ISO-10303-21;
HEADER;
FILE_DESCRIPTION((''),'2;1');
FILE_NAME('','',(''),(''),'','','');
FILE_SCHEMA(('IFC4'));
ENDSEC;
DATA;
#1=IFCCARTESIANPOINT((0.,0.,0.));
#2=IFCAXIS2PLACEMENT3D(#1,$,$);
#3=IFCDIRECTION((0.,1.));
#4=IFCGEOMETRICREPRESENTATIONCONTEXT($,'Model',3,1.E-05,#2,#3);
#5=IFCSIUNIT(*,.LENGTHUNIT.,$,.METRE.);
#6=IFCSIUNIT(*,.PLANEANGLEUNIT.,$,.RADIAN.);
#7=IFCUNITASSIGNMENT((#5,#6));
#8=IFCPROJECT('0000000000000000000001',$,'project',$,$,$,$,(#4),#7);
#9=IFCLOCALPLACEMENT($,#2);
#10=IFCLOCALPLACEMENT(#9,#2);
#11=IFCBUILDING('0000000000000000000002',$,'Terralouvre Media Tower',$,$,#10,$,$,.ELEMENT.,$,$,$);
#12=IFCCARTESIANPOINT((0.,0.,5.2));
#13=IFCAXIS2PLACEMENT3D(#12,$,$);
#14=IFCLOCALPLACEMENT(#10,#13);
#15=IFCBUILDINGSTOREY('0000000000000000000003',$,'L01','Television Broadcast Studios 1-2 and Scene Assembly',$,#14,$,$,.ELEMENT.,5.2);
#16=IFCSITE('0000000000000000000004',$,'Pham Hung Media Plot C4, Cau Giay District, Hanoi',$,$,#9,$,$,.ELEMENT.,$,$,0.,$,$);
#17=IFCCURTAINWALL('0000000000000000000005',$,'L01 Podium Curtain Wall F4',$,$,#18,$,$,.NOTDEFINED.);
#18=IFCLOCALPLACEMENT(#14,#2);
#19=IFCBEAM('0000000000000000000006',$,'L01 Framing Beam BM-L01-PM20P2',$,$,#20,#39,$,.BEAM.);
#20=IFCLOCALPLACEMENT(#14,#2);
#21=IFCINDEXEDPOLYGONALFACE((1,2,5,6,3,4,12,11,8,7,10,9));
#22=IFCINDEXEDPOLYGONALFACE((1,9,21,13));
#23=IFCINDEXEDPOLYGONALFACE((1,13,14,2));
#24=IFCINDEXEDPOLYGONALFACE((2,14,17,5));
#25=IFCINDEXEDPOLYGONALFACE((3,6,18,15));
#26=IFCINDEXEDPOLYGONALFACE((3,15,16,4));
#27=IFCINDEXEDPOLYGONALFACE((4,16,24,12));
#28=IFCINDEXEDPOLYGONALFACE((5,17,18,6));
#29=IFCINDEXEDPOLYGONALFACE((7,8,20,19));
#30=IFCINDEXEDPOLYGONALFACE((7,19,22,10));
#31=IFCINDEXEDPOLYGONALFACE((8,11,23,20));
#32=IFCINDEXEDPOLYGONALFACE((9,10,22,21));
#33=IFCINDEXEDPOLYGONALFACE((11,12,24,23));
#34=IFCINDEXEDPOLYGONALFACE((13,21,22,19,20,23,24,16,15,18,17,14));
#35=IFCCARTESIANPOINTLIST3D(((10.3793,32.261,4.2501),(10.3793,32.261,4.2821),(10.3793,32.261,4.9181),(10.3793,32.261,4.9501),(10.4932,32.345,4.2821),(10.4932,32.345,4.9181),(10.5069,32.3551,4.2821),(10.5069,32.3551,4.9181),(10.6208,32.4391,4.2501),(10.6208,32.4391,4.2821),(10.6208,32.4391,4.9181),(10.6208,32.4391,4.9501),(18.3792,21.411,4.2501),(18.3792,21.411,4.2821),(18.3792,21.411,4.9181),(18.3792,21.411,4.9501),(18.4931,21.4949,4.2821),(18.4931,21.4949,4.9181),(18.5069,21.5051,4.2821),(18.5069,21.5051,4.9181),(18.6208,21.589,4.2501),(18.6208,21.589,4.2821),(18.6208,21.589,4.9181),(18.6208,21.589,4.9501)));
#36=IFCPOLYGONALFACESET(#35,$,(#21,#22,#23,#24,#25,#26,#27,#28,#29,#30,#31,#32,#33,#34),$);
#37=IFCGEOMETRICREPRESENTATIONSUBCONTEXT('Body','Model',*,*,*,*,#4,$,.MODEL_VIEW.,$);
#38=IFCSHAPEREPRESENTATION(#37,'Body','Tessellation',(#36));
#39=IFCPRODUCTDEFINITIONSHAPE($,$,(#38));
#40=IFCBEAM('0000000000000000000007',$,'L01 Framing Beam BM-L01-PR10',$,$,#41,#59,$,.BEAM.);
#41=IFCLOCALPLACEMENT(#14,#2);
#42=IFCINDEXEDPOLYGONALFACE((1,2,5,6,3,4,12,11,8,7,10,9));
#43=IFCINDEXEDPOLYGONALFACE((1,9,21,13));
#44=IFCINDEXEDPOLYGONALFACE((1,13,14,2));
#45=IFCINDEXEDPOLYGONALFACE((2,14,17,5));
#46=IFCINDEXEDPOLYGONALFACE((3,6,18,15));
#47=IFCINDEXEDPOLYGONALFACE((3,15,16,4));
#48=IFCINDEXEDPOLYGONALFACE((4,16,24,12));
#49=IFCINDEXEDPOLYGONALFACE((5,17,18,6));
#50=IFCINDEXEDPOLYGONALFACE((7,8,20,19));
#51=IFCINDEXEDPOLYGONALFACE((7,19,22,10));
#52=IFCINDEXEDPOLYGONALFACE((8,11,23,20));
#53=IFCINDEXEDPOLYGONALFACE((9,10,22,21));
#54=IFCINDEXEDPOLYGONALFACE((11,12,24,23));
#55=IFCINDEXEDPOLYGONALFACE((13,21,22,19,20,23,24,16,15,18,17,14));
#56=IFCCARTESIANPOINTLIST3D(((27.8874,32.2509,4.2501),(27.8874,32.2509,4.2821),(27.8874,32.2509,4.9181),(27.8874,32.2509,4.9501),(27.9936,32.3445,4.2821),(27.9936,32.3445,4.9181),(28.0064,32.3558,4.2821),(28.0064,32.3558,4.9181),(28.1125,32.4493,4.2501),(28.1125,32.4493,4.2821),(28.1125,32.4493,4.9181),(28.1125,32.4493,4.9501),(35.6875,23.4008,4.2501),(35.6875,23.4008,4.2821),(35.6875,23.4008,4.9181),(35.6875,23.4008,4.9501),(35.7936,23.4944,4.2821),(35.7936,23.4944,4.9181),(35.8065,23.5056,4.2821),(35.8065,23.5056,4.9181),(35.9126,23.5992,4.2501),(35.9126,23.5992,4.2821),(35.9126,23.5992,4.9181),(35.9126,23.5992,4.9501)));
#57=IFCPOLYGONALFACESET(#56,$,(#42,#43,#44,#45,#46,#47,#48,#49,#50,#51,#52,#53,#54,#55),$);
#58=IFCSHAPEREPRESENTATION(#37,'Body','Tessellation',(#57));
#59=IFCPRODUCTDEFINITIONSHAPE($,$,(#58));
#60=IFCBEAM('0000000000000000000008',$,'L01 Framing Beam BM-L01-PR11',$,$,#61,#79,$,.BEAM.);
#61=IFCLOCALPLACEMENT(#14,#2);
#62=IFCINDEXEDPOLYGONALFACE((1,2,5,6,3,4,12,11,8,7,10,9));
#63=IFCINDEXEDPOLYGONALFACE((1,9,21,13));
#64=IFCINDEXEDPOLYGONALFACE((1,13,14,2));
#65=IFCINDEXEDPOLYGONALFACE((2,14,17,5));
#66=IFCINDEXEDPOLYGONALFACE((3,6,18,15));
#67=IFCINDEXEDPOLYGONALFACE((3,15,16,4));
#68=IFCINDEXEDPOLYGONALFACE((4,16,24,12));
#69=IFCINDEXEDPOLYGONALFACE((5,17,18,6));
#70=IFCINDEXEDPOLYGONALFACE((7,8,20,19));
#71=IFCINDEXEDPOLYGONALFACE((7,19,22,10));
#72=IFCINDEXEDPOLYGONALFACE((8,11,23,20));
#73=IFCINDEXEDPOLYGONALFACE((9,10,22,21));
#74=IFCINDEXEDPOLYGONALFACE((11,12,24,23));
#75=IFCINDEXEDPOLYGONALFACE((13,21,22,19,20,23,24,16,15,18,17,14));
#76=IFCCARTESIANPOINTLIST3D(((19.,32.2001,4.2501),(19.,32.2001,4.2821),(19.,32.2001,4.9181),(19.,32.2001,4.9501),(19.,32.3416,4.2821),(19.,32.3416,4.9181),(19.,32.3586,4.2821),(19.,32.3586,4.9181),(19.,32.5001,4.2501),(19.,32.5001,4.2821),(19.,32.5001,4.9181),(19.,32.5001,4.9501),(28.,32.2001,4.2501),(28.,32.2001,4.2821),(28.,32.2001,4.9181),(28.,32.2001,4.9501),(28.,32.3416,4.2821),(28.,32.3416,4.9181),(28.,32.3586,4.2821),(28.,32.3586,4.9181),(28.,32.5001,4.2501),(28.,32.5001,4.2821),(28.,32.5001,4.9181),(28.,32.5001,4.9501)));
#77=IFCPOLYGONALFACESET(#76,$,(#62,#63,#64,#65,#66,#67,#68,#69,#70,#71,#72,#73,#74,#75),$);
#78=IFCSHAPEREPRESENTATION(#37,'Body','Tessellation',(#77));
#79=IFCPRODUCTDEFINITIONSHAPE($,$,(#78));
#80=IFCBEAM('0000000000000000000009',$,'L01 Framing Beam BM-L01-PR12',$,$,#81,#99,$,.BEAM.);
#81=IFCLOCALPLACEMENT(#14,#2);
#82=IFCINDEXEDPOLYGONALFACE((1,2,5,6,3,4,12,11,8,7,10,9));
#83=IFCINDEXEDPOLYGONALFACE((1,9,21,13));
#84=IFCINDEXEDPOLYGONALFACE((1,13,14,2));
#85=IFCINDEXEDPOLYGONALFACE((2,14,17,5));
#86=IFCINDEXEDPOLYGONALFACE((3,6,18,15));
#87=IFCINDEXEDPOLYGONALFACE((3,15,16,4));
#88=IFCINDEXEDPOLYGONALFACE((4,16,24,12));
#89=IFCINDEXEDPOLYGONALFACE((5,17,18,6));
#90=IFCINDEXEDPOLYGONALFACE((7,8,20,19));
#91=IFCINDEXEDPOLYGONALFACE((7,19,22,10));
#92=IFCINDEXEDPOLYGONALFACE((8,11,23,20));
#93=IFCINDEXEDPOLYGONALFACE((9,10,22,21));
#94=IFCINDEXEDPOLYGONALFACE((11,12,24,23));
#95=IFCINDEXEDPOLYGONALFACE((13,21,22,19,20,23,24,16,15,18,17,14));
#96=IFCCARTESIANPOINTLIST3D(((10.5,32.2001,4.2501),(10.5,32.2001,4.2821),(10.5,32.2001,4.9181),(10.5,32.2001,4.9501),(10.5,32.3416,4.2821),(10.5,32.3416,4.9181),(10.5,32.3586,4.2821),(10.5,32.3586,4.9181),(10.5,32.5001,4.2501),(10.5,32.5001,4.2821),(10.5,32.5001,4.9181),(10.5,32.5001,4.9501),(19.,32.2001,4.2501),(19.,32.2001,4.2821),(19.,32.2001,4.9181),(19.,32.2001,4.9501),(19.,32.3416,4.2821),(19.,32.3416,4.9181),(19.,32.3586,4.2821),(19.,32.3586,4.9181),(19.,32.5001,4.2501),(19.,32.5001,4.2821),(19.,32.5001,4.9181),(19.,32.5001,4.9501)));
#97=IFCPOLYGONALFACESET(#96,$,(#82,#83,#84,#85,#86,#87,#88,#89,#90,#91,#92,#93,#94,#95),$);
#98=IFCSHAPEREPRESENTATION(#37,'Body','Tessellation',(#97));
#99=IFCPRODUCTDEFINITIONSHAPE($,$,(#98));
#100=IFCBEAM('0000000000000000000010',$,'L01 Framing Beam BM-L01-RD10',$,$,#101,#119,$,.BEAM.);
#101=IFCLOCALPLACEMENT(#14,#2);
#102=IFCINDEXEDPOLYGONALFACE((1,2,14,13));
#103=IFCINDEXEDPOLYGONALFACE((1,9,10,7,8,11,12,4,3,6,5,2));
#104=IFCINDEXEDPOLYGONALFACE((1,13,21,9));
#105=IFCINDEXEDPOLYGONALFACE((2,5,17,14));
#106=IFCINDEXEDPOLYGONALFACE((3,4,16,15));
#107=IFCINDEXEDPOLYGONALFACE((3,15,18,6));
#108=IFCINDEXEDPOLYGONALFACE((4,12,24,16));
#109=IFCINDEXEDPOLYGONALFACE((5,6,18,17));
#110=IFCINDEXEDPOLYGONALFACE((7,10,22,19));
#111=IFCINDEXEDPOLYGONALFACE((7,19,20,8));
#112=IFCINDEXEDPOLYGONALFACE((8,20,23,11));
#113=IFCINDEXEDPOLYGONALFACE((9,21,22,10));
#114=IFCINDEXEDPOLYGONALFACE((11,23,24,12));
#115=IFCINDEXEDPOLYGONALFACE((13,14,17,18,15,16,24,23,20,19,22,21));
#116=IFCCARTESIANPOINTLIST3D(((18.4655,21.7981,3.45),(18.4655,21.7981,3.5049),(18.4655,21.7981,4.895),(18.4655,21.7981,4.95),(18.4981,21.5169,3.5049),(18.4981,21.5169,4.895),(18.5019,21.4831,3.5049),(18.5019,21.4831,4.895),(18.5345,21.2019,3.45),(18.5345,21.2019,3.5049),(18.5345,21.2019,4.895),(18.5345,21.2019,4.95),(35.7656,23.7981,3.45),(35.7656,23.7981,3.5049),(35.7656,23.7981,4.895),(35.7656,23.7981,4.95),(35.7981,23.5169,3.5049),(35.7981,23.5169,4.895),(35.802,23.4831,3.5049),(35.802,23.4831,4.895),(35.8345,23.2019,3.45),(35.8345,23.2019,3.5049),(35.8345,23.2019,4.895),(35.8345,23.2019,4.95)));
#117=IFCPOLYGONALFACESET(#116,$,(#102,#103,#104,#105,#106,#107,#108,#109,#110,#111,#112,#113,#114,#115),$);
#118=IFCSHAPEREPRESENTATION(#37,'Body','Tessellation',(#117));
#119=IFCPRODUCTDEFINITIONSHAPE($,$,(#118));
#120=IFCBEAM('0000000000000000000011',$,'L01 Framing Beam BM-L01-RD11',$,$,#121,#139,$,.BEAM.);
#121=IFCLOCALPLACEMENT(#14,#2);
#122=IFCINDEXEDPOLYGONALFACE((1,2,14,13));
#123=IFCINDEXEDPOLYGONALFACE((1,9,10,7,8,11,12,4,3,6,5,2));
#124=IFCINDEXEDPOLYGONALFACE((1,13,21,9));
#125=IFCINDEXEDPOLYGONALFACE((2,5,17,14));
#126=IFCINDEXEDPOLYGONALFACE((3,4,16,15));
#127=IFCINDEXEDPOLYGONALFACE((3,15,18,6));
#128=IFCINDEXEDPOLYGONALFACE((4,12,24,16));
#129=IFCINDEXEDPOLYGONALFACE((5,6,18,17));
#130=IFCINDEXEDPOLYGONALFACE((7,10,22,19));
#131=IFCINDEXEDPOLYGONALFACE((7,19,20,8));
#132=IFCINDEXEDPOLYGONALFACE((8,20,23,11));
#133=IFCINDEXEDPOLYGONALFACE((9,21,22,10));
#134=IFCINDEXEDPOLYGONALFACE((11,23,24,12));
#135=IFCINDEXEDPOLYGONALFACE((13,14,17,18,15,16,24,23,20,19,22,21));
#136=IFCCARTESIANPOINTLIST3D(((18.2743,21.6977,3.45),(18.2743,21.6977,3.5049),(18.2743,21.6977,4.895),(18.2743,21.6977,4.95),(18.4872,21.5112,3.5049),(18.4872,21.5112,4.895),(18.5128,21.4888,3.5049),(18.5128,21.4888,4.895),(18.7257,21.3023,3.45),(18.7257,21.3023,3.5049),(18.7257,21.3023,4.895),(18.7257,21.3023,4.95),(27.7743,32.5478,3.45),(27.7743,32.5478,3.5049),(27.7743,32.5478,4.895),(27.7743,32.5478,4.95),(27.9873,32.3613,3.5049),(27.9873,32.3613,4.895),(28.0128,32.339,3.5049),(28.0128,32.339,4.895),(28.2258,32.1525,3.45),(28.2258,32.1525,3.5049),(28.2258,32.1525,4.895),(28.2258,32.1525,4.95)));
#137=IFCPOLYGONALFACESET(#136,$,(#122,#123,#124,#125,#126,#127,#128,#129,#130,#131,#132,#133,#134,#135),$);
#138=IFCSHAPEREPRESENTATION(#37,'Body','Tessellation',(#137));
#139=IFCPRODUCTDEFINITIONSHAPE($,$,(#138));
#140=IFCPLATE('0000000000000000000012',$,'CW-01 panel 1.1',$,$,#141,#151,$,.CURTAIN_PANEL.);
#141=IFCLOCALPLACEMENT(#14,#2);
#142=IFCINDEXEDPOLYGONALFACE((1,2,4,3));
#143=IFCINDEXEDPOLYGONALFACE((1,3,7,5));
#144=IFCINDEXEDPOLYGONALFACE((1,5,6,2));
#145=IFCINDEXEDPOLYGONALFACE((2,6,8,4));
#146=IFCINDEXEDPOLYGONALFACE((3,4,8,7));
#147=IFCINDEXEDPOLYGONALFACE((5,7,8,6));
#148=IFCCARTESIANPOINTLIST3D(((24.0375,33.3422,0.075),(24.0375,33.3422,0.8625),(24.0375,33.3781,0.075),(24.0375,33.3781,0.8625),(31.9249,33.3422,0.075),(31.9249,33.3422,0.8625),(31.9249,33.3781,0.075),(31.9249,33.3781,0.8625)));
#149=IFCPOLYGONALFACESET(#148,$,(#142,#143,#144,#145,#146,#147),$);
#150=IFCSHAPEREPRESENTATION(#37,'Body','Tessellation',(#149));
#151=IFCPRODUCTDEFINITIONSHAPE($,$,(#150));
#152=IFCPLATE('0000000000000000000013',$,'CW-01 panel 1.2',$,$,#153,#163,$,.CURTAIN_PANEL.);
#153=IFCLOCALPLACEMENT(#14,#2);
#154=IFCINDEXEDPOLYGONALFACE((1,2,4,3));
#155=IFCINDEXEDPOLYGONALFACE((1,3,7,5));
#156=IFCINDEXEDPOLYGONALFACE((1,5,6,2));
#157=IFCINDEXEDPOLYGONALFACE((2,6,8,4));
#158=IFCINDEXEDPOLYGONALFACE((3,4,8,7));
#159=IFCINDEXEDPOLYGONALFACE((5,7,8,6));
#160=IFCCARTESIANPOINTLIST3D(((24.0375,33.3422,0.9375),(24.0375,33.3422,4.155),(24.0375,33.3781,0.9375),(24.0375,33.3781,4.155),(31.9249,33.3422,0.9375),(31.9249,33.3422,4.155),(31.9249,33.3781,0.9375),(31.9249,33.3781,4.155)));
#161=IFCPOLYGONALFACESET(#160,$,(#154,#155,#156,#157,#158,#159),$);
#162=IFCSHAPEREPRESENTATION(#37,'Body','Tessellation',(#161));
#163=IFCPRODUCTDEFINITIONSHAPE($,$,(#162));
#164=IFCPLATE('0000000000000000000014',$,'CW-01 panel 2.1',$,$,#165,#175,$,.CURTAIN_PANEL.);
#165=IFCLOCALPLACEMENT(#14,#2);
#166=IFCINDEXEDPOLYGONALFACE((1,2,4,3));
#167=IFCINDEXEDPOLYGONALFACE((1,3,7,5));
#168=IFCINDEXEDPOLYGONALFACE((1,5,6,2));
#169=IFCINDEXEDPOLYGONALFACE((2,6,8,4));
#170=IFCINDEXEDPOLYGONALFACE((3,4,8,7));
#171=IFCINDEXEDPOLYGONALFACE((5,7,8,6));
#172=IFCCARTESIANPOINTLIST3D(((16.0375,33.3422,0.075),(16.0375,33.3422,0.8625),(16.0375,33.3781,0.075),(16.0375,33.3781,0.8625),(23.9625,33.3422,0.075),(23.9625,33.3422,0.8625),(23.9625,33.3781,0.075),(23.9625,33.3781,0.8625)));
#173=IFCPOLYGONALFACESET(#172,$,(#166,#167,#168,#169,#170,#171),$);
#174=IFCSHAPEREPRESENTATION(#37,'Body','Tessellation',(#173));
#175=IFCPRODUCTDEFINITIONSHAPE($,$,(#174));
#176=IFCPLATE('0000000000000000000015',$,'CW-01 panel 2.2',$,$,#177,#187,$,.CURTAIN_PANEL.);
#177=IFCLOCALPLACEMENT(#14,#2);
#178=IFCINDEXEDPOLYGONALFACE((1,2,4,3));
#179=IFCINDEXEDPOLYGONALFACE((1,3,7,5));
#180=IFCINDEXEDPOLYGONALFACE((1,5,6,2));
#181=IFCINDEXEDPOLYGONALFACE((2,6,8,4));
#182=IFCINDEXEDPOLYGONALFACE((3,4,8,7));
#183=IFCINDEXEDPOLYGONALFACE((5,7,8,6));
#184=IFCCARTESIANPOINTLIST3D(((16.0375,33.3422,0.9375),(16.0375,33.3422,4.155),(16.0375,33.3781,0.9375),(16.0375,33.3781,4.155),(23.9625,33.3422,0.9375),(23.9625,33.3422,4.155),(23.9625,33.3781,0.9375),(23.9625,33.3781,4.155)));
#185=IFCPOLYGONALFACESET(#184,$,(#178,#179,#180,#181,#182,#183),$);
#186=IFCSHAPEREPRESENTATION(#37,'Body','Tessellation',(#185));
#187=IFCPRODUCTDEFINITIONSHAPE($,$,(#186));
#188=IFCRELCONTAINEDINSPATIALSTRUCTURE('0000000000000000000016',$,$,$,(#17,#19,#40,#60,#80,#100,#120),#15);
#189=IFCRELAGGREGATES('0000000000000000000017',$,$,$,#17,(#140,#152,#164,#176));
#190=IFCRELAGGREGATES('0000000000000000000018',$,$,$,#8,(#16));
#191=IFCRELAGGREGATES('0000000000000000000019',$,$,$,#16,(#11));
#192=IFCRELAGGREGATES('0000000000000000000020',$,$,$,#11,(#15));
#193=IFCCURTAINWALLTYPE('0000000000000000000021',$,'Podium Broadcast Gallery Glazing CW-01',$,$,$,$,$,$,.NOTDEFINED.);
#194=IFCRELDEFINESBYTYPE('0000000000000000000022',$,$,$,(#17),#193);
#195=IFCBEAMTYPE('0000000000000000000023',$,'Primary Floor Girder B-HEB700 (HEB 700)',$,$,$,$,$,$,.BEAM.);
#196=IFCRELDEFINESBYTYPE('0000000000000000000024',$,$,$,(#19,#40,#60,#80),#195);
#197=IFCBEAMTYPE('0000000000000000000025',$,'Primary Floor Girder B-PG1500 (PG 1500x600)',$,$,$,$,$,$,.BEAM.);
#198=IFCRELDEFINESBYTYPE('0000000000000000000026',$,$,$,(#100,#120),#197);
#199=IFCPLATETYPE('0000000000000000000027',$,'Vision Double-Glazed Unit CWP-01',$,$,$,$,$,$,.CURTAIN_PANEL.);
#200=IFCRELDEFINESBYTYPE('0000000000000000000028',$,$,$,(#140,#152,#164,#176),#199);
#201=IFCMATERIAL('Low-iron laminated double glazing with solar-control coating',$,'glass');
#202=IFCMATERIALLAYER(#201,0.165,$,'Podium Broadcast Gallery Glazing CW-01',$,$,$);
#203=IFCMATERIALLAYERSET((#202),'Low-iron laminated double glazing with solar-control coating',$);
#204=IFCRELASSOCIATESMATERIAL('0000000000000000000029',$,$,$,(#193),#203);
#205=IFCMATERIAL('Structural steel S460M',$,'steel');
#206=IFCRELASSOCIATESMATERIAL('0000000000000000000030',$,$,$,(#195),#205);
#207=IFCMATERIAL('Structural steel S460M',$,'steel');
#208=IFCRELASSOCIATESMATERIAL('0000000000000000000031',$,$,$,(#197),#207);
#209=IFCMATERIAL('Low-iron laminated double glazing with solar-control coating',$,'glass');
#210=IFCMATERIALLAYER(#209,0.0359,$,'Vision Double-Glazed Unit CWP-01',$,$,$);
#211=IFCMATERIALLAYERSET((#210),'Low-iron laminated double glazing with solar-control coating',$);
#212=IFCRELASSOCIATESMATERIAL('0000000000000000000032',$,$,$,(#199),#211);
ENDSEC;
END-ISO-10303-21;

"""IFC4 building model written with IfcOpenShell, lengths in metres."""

from ifc_helpers import new_model, si_unit, direction, frame, origin, origin_2d, place, context, subcontext, project, spatial, rectangle, i_section, extrude, material, layer, layer_set, material_profile, profile_set, type_object, element, aggregate, save


model = new_model("IFC4")

# Units and contexts
model_context = context("Model", 3, precision=1e-05, world=origin(), true_north=direction((0.0, 1.0)))
body_context = subcontext(model_context, "Body", "Model", "MODEL_VIEW")
ifc_project = project(units=[si_unit("LENGTHUNIT", "METRE"), si_unit("PLANEANGLEUNIT", "RADIAN")], contexts=[model_context])

# Site, building, storey
site_placement = place(None, origin())
site = spatial("IfcSite", under=ifc_project, at=site_placement, Name="Pham Hung Media Plot C4, Cau Giay District, Hanoi", CompositionType="ELEMENT", RefElevation=0.0)
building_placement = place(site_placement, origin())
building = spatial("IfcBuilding", under=site, at=building_placement, Name="Terralouvre Media Tower", CompositionType="ELEMENT")
storey_placement = place(building_placement, frame((0.0, 0.0, 5.2)))
storey = spatial("IfcBuildingStorey", under=building, at=storey_placement, Name="L01", Description="Television Broadcast Studios 1-2 and Scene Assembly", CompositionType="ELEMENT", Elevation=5.2)

# Curtain wall
ifc_material_1 = material(Name="Low-iron laminated double glazing with solar-control coating", Category="glass")
ifc_layer_1 = layer(ifc_material_1, 0.165, Name="Podium Broadcast Gallery Glazing CW-01")
ifc_layer_set_1 = layer_set([ifc_layer_1], Name="Low-iron laminated double glazing with solar-control coating")
curtain_wall_type = type_object("IfcCurtainWallType", Name="Podium Broadcast Gallery Glazing CW-01", PredefinedType="NOTDEFINED", material=ifc_layer_set_1)
curtain_wall_placement = place(storey_placement, origin())
curtain_wall = element("IfcCurtainWall", 1, at=curtain_wall_placement, inside=storey, type_object=curtain_wall_type, Name="L01 Podium Curtain Wall F4", PredefinedType="NOTDEFINED")

# Beams
ifc_material_2 = material(Name="Structural steel S460M", Category="steel")
ifc_material_profile_1 = material_profile(ifc_material_2, i_section(OverallWidth=0.3, OverallDepth=0.7, WebThickness=0.0171, FlangeThickness=0.032, at=origin_2d()), Name="HEB 700")
ifc_profile_set_1 = profile_set([ifc_material_profile_1], Name="Structural steel S460M")
beam_type_1 = type_object("IfcBeamType", Name="Primary Floor Girder B-HEB700 (HEB 700)", PredefinedType="BEAM", material=ifc_profile_set_1)
beam_1_placement = place(storey_placement, frame((18.5, 21.5, 4.6001), z_axis=(-0.593449, 0.804872, 0.0), x_axis=(-0.804872, -0.593449, 0.0)))
element("IfcBeam", 2, at=beam_1_placement, inside=storey, type_object=beam_type_1, Name="L01 Framing Beam BM-L01-PM20P2", PredefinedType="BEAM", context=body_context, shape_type="SweptSolid", body=[
    extrude(i_section(OverallWidth=0.3, OverallDepth=0.7, WebThickness=0.0171, FlangeThickness=0.032, at=origin_2d()), origin(), (0.0, 0.0, 1.0), 13.4805),
])
beam_2_placement = place(storey_placement, frame((35.8, 23.5, 4.6001), z_axis=(-0.661199, 0.75021, 0.0), x_axis=(-0.75021, -0.661199, 0.0)))
element("IfcBeam", 3, at=beam_2_placement, inside=storey, type_object=beam_type_1, Name="L01 Framing Beam BM-L01-PR10", PredefinedType="BEAM", context=body_context, shape_type="SweptSolid", body=[
    extrude(i_section(OverallWidth=0.3, OverallDepth=0.7, WebThickness=0.0171, FlangeThickness=0.032, at=origin_2d()), origin(), (0.0, 0.0, 1.0), 11.7969),
])
beam_3_placement = place(storey_placement, frame((28.0, 32.3501, 4.6001), z_axis=(-1.0, 0.0, 0.0), x_axis=(0.0, -1.0, 0.0)))
element("IfcBeam", 4, at=beam_3_placement, inside=storey, type_object=beam_type_1, Name="L01 Framing Beam BM-L01-PR11", PredefinedType="BEAM", context=body_context, shape_type="SweptSolid", body=[
    extrude(i_section(OverallWidth=0.3, OverallDepth=0.7, WebThickness=0.0171, FlangeThickness=0.032, at=origin_2d()), origin(), (0.0, 0.0, 1.0), 9.0),
])
beam_4_placement = place(storey_placement, frame((19.0, 32.3501, 4.6001), z_axis=(-1.0, 0.0, 0.0), x_axis=(0.0, -1.0, 0.0)))
element("IfcBeam", 5, at=beam_4_placement, inside=storey, type_object=beam_type_1, Name="L01 Framing Beam BM-L01-PR12", PredefinedType="BEAM", context=body_context, shape_type="SweptSolid", body=[
    extrude(i_section(OverallWidth=0.3, OverallDepth=0.7, WebThickness=0.0171, FlangeThickness=0.032, at=origin_2d()), origin(), (0.0, 0.0, 1.0), 8.5),
])
ifc_material_3 = material(Name="Structural steel S460M", Category="steel")
ifc_material_profile_2 = material_profile(ifc_material_3, i_section(OverallWidth=0.6001, OverallDepth=1.5, WebThickness=0.0339, FlangeThickness=0.0549, at=origin_2d()), Name="PG 1500x600")
ifc_profile_set_2 = profile_set([ifc_material_profile_2], Name="Structural steel S460M")
beam_type_2 = type_object("IfcBeamType", Name="Primary Floor Girder B-PG1500 (PG 1500x600)", PredefinedType="BEAM", material=ifc_profile_set_2)
beam_5_placement = place(storey_placement, frame((18.5, 21.5, 4.2), z_axis=(0.993384, 0.114842, 0.0), x_axis=(-0.114842, 0.993384, 0.0)))
element("IfcBeam", 6, at=beam_5_placement, inside=storey, type_object=beam_type_2, Name="L01 Framing Beam BM-L01-RD10", PredefinedType="BEAM", context=body_context, shape_type="SweptSolid", body=[
    extrude(i_section(OverallWidth=0.6001, OverallDepth=1.5, WebThickness=0.0339, FlangeThickness=0.0549, at=origin_2d()), origin(), (0.0, 0.0, 1.0), 17.4153),
])
beam_6_placement = place(storey_placement, frame((18.5, 21.5, 4.2), z_axis=(0.658747, 0.752365, 0.0), x_axis=(-0.752365, 0.658747, 0.0)))
element("IfcBeam", 7, at=beam_6_placement, inside=storey, type_object=beam_type_2, Name="L01 Framing Beam BM-L01-RD11", PredefinedType="BEAM", context=body_context, shape_type="SweptSolid", body=[
    extrude(i_section(OverallWidth=0.6001, OverallDepth=1.5, WebThickness=0.0339, FlangeThickness=0.0549, at=origin_2d()), origin(), (0.0, 0.0, 1.0), 14.4214),
])

# Plates
ifc_material_4 = material(Name="Low-iron laminated double glazing with solar-control coating", Category="glass")
ifc_layer_2 = layer(ifc_material_4, 0.0359, Name="Vision Double-Glazed Unit CWP-01")
ifc_layer_set_2 = layer_set([ifc_layer_2], Name="Low-iron laminated double glazing with solar-control coating")
plate_type = type_object("IfcPlateType", Name="Vision Double-Glazed Unit CWP-01", PredefinedType="CURTAIN_PANEL", material=ifc_layer_set_2)
plate_1_placement = place(storey_placement, frame((27.9812, 33.3601, 0.075), z_axis=(0.0, 0.0, 1.0), x_axis=(-1.0, 0.0, 0.0)))
plate_1 = element("IfcPlate", 8, at=plate_1_placement, type_object=plate_type, Name="CW-01 panel 1.1", PredefinedType="CURTAIN_PANEL", context=body_context, shape_type="SweptSolid", body=[
    extrude(rectangle(XDim=7.8875, YDim=0.0359, at=origin_2d()), origin(), (0.0, 0.0, 1.0), 0.7876),
])
plate_2_placement = place(storey_placement, frame((27.9812, 33.3601, 0.9375), z_axis=(0.0, 0.0, 1.0), x_axis=(-1.0, 0.0, 0.0)))
plate_2 = element("IfcPlate", 9, at=plate_2_placement, type_object=plate_type, Name="CW-01 panel 1.2", PredefinedType="CURTAIN_PANEL", context=body_context, shape_type="SweptSolid", body=[
    extrude(rectangle(XDim=7.8875, YDim=0.0359, at=origin_2d()), origin(), (0.0, 0.0, 1.0), 3.2175),
])
plate_3_placement = place(storey_placement, frame((20.0, 33.3601, 0.075), z_axis=(0.0, 0.0, 1.0), x_axis=(-1.0, 0.0, 0.0)))
plate_3 = element("IfcPlate", 10, at=plate_3_placement, type_object=plate_type, Name="CW-01 panel 2.1", PredefinedType="CURTAIN_PANEL", context=body_context, shape_type="SweptSolid", body=[
    extrude(rectangle(XDim=7.925, YDim=0.0359, at=origin_2d()), origin(), (0.0, 0.0, 1.0), 0.7876),
])
plate_4_placement = place(storey_placement, frame((20.0, 33.3601, 0.9375), z_axis=(0.0, 0.0, 1.0), x_axis=(-1.0, 0.0, 0.0)))
plate_4 = element("IfcPlate", 11, at=plate_4_placement, type_object=plate_type, Name="CW-01 panel 2.2", PredefinedType="CURTAIN_PANEL", context=body_context, shape_type="SweptSolid", body=[
    extrude(rectangle(XDim=7.925, YDim=0.0359, at=origin_2d()), origin(), (0.0, 0.0, 1.0), 3.2175),
])
aggregate(curtain_wall, [plate_1, plate_2, plate_3, plate_4])

save(model, "model.ifc")
